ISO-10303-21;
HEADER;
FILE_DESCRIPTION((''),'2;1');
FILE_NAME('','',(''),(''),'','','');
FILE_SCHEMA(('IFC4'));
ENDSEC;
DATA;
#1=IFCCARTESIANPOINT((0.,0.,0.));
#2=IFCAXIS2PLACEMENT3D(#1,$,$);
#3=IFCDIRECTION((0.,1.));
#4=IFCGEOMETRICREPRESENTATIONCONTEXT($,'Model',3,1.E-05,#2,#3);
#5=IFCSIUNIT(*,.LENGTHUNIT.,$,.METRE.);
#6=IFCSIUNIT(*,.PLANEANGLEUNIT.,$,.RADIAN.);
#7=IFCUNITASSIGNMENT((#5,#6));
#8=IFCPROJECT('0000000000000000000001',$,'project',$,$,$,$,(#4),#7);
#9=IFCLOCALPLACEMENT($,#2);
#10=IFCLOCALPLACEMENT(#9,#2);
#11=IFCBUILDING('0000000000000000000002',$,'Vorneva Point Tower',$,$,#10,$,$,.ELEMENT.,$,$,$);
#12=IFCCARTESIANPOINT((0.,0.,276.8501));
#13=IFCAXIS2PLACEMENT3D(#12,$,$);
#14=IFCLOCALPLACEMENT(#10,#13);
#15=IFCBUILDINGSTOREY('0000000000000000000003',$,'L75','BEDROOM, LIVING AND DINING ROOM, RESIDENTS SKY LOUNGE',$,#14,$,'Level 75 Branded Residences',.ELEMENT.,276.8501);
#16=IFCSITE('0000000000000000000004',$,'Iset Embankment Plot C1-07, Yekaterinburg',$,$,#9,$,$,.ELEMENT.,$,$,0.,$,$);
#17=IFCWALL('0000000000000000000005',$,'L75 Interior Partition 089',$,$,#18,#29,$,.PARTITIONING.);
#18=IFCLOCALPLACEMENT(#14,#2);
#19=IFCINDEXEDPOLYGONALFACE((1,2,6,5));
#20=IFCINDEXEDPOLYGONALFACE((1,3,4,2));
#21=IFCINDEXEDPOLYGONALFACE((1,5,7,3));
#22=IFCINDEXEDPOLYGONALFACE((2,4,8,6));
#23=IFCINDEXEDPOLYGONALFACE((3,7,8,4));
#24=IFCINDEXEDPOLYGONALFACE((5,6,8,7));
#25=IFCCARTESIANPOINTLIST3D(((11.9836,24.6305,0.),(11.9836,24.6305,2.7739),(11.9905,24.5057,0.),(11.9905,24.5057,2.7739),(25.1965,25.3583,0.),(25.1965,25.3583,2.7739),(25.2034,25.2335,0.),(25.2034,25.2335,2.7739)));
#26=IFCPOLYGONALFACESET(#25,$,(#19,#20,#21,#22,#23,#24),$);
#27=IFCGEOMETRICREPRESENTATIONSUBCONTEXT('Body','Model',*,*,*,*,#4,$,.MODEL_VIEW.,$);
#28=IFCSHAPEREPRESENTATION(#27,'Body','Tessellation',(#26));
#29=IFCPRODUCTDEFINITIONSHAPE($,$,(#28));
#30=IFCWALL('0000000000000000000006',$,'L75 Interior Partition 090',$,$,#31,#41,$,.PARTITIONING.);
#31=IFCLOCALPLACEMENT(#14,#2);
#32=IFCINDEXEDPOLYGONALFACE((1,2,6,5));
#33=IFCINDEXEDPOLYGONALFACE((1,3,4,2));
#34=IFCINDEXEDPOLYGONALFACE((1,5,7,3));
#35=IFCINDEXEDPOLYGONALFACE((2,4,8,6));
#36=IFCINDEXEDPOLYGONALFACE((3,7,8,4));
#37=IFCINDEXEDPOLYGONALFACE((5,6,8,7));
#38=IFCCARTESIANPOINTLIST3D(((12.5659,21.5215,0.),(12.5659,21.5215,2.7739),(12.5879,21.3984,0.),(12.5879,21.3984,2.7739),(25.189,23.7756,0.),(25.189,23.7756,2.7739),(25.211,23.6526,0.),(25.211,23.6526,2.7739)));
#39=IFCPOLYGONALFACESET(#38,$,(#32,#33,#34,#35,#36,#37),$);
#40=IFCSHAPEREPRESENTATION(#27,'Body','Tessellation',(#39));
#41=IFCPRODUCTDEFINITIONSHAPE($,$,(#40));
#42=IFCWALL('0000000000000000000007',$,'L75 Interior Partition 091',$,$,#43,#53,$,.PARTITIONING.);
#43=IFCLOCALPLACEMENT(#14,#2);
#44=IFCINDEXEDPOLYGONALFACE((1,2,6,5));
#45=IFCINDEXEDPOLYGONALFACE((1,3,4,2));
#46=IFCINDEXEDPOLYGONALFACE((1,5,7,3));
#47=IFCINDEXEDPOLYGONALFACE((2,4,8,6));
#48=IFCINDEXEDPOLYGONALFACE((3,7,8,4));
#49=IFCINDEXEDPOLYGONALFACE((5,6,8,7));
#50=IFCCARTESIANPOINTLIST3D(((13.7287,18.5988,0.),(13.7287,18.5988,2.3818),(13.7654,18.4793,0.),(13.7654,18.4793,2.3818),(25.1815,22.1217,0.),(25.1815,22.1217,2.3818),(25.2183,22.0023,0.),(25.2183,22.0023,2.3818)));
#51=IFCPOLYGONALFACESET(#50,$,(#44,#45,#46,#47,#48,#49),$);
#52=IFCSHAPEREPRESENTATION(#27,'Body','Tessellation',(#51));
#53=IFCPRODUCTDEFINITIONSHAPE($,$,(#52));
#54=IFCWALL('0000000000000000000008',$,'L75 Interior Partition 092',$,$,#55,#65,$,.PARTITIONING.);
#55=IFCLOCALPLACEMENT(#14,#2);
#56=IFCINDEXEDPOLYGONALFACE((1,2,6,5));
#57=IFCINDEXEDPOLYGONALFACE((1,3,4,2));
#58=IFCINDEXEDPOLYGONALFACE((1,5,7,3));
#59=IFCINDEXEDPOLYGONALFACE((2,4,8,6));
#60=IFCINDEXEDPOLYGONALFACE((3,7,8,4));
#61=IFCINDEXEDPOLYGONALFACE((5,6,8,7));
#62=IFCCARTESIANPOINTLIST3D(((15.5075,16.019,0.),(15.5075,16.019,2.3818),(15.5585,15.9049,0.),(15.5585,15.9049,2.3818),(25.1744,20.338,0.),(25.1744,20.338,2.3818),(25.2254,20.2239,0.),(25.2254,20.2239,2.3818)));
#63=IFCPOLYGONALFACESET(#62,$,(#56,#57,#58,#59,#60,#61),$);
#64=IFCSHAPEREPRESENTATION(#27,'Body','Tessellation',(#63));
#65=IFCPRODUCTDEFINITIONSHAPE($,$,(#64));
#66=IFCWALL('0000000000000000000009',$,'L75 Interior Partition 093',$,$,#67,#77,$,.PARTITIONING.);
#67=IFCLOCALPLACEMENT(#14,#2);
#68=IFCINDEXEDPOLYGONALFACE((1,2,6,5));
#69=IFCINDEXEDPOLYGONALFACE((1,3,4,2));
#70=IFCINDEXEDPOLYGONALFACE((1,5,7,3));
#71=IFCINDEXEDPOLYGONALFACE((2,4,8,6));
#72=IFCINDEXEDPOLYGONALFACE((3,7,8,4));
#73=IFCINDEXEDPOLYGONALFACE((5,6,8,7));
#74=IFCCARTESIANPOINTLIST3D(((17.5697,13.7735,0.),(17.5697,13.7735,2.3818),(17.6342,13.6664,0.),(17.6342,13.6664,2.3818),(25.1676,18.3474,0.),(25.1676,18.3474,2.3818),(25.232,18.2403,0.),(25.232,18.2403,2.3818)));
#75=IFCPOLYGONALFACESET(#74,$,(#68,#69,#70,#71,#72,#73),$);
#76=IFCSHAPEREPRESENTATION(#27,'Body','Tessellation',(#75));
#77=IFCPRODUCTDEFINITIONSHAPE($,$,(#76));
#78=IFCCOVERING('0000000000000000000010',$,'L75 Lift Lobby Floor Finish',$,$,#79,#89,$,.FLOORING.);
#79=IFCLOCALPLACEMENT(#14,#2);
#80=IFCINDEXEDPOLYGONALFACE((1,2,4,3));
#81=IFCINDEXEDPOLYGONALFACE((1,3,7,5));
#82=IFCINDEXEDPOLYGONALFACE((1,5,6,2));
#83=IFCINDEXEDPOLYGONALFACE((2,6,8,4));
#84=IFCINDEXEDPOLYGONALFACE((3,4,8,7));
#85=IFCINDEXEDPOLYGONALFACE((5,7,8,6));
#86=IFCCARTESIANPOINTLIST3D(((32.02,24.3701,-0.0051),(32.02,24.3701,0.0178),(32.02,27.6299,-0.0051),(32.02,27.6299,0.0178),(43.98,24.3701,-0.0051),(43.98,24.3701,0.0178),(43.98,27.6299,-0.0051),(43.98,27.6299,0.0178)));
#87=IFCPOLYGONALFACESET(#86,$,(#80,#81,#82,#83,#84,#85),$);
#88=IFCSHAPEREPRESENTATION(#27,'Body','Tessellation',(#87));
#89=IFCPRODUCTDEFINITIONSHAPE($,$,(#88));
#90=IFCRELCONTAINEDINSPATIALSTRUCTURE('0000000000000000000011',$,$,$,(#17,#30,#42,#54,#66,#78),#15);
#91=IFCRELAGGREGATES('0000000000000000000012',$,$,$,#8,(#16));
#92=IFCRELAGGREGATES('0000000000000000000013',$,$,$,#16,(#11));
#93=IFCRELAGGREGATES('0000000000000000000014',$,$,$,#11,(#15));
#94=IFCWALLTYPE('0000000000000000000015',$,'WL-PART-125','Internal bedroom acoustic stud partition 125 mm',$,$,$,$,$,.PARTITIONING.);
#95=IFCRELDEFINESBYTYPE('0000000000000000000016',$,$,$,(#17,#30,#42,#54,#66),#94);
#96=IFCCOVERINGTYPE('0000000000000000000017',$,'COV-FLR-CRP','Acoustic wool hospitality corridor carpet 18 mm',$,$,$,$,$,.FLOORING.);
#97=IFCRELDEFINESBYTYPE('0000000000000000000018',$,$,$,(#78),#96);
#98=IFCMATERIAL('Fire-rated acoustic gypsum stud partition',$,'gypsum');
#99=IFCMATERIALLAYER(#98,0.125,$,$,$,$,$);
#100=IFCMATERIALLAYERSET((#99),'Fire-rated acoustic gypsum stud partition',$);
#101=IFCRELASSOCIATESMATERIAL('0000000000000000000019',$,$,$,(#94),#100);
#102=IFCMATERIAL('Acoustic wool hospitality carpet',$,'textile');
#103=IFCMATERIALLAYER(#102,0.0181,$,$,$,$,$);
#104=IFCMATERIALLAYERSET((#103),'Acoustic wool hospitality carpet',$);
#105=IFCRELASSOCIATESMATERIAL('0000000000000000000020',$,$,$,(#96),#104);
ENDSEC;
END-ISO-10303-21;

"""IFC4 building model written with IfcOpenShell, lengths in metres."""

from ifc_helpers import new_model, si_unit, direction, frame, frame_2d, origin, place, context, subcontext, project, spatial, polyline, rectangle, outline, extrude, material, layer, layer_set, type_object, element, save


model = new_model("IFC4")

# Units and contexts
model_context = context("Model", 3, precision=1e-05, world=origin(), true_north=direction((0.0, 1.0)))
body_context = subcontext(model_context, "Body", "Model", "MODEL_VIEW")
ifc_project = project(units=[si_unit("LENGTHUNIT", "METRE"), si_unit("PLANEANGLEUNIT", "RADIAN")], contexts=[model_context])

# Site, building, storey
site_placement = place(None, origin())
site = spatial("IfcSite", under=ifc_project, at=site_placement, Name="Iset Embankment Plot C1-07, Yekaterinburg", CompositionType="ELEMENT", RefElevation=0.0)
building_placement = place(site_placement, origin())
building = spatial("IfcBuilding", under=site, at=building_placement, Name="Vorneva Point Tower", CompositionType="ELEMENT")
storey_placement = place(building_placement, frame((0.0, 0.0, 276.8501)))
storey = spatial("IfcBuildingStorey", under=building, at=storey_placement, Name="L75", Description="BEDROOM, LIVING AND DINING ROOM, RESIDENTS SKY LOUNGE", LongName="Level 75 Branded Residences", CompositionType="ELEMENT", Elevation=276.8501)

# Walls
ifc_material_1 = material(Name="Fire-rated acoustic gypsum stud partition", Category="gypsum")
ifc_layer_1 = layer(ifc_material_1, 0.125)
ifc_layer_set_1 = layer_set([ifc_layer_1], Name="Fire-rated acoustic gypsum stud partition")
wall_type_1 = type_object("IfcWallType", Name="WL-PART-125", Description="Internal bedroom acoustic stud partition 125 mm", PredefinedType="PARTITIONING", material=ifc_layer_set_1)
wall_1_placement = place(storey_placement, frame((11.9871, 24.5681, 0.0), z_axis=(0.0, 0.0, 1.0), x_axis=(0.998486, 0.054998, 0.0)))
element("IfcWall", 1, at=wall_1_placement, inside=storey, type_object=wall_type_1, Name="L75 Interior Partition 089", PredefinedType="PARTITIONING", context=body_context, shape_type="SweptSolid", body=[
    extrude(rectangle(XDim=13.2329, YDim=0.125, at=frame_2d((6.6165, 0.0))), origin(), (0.0, 0.0, 1.0), 2.7739),
])
wall_2_placement = place(storey_placement, frame((12.5769, 21.46, 0.0), z_axis=(0.0, 0.0, 1.0), x_axis=(0.984427, 0.175793, 0.0)))
element("IfcWall", 2, at=wall_2_placement, inside=storey, type_object=wall_type_1, Name="L75 Interior Partition 090", PredefinedType="PARTITIONING", context=body_context, shape_type="SweptSolid", body=[
    extrude(rectangle(XDim=12.8228, YDim=0.125, at=frame_2d((6.4114, 0.0))), origin(), (0.0, 0.0, 1.0), 2.7739),
])
wall_3_placement = place(storey_placement, frame((13.7471, 18.5391, 0.0), z_axis=(0.0, 0.0, 1.0), x_axis=(0.955803, 0.294009, 0.0)))
element("IfcWall", 3, at=wall_3_placement, inside=storey, type_object=wall_type_1, Name="L75 Interior Partition 091", PredefinedType="PARTITIONING", context=body_context, shape_type="SweptSolid", body=[
    extrude(rectangle(XDim=11.9824, YDim=0.125, at=frame_2d((5.9912, 0.0))), origin(), (0.0, 0.0, 1.0), 2.3818),
])
wall_4_placement = place(storey_placement, frame((15.533, 15.9619, 0.0), z_axis=(0.0, 0.0, 1.0), x_axis=(0.913016, 0.407924, 0.0)))
element("IfcWall", 4, at=wall_4_placement, inside=storey, type_object=wall_type_1, Name="L75 Interior Partition 092", PredefinedType="PARTITIONING", context=body_context, shape_type="SweptSolid", body=[
    extrude(rectangle(XDim=10.5879, YDim=0.125, at=frame_2d((5.2939, 0.0))), origin(), (0.0, 0.0, 1.0), 2.3818),
])
wall_5_placement = place(storey_placement, frame((17.6021, 13.72, 0.0), z_axis=(0.0, 0.0, 1.0), x_axis=(0.856734, 0.515758, 0.0)))
element("IfcWall", 5, at=wall_5_placement, inside=storey, type_object=wall_type_1, Name="L75 Interior Partition 093", PredefinedType="PARTITIONING", context=body_context, shape_type="SweptSolid", body=[
    extrude(rectangle(XDim=8.8684, YDim=0.125, at=frame_2d((4.4341, 0.0))), origin(), (0.0, 0.0, 1.0), 2.3818),
])

# Covering
ifc_material_2 = material(Name="Acoustic wool hospitality carpet", Category="textile")
ifc_layer_2 = layer(ifc_material_2, 0.0181)
ifc_layer_set_2 = layer_set([ifc_layer_2], Name="Acoustic wool hospitality carpet")
covering_type = type_object("IfcCoveringType", Name="COV-FLR-CRP", Description="Acoustic wool hospitality corridor carpet 18 mm", PredefinedType="FLOORING", material=ifc_layer_set_2)
covering_placement = place(storey_placement, frame((0.0, 0.0, -0.0051)))
element("IfcCovering", 6, at=covering_placement, inside=storey, type_object=covering_type, Name="L75 Lift Lobby Floor Finish", PredefinedType="FLOORING", context=body_context, shape_type="SweptSolid", body=[
    extrude(outline(polyline([(32.02, 24.3701), (43.98, 24.3701), (43.98, 27.6299), (32.02, 27.6299), (32.02, 24.3701)])), origin(), (0.0, 0.0, 1.0), 0.0229),
])

save(model, "model.ifc")
